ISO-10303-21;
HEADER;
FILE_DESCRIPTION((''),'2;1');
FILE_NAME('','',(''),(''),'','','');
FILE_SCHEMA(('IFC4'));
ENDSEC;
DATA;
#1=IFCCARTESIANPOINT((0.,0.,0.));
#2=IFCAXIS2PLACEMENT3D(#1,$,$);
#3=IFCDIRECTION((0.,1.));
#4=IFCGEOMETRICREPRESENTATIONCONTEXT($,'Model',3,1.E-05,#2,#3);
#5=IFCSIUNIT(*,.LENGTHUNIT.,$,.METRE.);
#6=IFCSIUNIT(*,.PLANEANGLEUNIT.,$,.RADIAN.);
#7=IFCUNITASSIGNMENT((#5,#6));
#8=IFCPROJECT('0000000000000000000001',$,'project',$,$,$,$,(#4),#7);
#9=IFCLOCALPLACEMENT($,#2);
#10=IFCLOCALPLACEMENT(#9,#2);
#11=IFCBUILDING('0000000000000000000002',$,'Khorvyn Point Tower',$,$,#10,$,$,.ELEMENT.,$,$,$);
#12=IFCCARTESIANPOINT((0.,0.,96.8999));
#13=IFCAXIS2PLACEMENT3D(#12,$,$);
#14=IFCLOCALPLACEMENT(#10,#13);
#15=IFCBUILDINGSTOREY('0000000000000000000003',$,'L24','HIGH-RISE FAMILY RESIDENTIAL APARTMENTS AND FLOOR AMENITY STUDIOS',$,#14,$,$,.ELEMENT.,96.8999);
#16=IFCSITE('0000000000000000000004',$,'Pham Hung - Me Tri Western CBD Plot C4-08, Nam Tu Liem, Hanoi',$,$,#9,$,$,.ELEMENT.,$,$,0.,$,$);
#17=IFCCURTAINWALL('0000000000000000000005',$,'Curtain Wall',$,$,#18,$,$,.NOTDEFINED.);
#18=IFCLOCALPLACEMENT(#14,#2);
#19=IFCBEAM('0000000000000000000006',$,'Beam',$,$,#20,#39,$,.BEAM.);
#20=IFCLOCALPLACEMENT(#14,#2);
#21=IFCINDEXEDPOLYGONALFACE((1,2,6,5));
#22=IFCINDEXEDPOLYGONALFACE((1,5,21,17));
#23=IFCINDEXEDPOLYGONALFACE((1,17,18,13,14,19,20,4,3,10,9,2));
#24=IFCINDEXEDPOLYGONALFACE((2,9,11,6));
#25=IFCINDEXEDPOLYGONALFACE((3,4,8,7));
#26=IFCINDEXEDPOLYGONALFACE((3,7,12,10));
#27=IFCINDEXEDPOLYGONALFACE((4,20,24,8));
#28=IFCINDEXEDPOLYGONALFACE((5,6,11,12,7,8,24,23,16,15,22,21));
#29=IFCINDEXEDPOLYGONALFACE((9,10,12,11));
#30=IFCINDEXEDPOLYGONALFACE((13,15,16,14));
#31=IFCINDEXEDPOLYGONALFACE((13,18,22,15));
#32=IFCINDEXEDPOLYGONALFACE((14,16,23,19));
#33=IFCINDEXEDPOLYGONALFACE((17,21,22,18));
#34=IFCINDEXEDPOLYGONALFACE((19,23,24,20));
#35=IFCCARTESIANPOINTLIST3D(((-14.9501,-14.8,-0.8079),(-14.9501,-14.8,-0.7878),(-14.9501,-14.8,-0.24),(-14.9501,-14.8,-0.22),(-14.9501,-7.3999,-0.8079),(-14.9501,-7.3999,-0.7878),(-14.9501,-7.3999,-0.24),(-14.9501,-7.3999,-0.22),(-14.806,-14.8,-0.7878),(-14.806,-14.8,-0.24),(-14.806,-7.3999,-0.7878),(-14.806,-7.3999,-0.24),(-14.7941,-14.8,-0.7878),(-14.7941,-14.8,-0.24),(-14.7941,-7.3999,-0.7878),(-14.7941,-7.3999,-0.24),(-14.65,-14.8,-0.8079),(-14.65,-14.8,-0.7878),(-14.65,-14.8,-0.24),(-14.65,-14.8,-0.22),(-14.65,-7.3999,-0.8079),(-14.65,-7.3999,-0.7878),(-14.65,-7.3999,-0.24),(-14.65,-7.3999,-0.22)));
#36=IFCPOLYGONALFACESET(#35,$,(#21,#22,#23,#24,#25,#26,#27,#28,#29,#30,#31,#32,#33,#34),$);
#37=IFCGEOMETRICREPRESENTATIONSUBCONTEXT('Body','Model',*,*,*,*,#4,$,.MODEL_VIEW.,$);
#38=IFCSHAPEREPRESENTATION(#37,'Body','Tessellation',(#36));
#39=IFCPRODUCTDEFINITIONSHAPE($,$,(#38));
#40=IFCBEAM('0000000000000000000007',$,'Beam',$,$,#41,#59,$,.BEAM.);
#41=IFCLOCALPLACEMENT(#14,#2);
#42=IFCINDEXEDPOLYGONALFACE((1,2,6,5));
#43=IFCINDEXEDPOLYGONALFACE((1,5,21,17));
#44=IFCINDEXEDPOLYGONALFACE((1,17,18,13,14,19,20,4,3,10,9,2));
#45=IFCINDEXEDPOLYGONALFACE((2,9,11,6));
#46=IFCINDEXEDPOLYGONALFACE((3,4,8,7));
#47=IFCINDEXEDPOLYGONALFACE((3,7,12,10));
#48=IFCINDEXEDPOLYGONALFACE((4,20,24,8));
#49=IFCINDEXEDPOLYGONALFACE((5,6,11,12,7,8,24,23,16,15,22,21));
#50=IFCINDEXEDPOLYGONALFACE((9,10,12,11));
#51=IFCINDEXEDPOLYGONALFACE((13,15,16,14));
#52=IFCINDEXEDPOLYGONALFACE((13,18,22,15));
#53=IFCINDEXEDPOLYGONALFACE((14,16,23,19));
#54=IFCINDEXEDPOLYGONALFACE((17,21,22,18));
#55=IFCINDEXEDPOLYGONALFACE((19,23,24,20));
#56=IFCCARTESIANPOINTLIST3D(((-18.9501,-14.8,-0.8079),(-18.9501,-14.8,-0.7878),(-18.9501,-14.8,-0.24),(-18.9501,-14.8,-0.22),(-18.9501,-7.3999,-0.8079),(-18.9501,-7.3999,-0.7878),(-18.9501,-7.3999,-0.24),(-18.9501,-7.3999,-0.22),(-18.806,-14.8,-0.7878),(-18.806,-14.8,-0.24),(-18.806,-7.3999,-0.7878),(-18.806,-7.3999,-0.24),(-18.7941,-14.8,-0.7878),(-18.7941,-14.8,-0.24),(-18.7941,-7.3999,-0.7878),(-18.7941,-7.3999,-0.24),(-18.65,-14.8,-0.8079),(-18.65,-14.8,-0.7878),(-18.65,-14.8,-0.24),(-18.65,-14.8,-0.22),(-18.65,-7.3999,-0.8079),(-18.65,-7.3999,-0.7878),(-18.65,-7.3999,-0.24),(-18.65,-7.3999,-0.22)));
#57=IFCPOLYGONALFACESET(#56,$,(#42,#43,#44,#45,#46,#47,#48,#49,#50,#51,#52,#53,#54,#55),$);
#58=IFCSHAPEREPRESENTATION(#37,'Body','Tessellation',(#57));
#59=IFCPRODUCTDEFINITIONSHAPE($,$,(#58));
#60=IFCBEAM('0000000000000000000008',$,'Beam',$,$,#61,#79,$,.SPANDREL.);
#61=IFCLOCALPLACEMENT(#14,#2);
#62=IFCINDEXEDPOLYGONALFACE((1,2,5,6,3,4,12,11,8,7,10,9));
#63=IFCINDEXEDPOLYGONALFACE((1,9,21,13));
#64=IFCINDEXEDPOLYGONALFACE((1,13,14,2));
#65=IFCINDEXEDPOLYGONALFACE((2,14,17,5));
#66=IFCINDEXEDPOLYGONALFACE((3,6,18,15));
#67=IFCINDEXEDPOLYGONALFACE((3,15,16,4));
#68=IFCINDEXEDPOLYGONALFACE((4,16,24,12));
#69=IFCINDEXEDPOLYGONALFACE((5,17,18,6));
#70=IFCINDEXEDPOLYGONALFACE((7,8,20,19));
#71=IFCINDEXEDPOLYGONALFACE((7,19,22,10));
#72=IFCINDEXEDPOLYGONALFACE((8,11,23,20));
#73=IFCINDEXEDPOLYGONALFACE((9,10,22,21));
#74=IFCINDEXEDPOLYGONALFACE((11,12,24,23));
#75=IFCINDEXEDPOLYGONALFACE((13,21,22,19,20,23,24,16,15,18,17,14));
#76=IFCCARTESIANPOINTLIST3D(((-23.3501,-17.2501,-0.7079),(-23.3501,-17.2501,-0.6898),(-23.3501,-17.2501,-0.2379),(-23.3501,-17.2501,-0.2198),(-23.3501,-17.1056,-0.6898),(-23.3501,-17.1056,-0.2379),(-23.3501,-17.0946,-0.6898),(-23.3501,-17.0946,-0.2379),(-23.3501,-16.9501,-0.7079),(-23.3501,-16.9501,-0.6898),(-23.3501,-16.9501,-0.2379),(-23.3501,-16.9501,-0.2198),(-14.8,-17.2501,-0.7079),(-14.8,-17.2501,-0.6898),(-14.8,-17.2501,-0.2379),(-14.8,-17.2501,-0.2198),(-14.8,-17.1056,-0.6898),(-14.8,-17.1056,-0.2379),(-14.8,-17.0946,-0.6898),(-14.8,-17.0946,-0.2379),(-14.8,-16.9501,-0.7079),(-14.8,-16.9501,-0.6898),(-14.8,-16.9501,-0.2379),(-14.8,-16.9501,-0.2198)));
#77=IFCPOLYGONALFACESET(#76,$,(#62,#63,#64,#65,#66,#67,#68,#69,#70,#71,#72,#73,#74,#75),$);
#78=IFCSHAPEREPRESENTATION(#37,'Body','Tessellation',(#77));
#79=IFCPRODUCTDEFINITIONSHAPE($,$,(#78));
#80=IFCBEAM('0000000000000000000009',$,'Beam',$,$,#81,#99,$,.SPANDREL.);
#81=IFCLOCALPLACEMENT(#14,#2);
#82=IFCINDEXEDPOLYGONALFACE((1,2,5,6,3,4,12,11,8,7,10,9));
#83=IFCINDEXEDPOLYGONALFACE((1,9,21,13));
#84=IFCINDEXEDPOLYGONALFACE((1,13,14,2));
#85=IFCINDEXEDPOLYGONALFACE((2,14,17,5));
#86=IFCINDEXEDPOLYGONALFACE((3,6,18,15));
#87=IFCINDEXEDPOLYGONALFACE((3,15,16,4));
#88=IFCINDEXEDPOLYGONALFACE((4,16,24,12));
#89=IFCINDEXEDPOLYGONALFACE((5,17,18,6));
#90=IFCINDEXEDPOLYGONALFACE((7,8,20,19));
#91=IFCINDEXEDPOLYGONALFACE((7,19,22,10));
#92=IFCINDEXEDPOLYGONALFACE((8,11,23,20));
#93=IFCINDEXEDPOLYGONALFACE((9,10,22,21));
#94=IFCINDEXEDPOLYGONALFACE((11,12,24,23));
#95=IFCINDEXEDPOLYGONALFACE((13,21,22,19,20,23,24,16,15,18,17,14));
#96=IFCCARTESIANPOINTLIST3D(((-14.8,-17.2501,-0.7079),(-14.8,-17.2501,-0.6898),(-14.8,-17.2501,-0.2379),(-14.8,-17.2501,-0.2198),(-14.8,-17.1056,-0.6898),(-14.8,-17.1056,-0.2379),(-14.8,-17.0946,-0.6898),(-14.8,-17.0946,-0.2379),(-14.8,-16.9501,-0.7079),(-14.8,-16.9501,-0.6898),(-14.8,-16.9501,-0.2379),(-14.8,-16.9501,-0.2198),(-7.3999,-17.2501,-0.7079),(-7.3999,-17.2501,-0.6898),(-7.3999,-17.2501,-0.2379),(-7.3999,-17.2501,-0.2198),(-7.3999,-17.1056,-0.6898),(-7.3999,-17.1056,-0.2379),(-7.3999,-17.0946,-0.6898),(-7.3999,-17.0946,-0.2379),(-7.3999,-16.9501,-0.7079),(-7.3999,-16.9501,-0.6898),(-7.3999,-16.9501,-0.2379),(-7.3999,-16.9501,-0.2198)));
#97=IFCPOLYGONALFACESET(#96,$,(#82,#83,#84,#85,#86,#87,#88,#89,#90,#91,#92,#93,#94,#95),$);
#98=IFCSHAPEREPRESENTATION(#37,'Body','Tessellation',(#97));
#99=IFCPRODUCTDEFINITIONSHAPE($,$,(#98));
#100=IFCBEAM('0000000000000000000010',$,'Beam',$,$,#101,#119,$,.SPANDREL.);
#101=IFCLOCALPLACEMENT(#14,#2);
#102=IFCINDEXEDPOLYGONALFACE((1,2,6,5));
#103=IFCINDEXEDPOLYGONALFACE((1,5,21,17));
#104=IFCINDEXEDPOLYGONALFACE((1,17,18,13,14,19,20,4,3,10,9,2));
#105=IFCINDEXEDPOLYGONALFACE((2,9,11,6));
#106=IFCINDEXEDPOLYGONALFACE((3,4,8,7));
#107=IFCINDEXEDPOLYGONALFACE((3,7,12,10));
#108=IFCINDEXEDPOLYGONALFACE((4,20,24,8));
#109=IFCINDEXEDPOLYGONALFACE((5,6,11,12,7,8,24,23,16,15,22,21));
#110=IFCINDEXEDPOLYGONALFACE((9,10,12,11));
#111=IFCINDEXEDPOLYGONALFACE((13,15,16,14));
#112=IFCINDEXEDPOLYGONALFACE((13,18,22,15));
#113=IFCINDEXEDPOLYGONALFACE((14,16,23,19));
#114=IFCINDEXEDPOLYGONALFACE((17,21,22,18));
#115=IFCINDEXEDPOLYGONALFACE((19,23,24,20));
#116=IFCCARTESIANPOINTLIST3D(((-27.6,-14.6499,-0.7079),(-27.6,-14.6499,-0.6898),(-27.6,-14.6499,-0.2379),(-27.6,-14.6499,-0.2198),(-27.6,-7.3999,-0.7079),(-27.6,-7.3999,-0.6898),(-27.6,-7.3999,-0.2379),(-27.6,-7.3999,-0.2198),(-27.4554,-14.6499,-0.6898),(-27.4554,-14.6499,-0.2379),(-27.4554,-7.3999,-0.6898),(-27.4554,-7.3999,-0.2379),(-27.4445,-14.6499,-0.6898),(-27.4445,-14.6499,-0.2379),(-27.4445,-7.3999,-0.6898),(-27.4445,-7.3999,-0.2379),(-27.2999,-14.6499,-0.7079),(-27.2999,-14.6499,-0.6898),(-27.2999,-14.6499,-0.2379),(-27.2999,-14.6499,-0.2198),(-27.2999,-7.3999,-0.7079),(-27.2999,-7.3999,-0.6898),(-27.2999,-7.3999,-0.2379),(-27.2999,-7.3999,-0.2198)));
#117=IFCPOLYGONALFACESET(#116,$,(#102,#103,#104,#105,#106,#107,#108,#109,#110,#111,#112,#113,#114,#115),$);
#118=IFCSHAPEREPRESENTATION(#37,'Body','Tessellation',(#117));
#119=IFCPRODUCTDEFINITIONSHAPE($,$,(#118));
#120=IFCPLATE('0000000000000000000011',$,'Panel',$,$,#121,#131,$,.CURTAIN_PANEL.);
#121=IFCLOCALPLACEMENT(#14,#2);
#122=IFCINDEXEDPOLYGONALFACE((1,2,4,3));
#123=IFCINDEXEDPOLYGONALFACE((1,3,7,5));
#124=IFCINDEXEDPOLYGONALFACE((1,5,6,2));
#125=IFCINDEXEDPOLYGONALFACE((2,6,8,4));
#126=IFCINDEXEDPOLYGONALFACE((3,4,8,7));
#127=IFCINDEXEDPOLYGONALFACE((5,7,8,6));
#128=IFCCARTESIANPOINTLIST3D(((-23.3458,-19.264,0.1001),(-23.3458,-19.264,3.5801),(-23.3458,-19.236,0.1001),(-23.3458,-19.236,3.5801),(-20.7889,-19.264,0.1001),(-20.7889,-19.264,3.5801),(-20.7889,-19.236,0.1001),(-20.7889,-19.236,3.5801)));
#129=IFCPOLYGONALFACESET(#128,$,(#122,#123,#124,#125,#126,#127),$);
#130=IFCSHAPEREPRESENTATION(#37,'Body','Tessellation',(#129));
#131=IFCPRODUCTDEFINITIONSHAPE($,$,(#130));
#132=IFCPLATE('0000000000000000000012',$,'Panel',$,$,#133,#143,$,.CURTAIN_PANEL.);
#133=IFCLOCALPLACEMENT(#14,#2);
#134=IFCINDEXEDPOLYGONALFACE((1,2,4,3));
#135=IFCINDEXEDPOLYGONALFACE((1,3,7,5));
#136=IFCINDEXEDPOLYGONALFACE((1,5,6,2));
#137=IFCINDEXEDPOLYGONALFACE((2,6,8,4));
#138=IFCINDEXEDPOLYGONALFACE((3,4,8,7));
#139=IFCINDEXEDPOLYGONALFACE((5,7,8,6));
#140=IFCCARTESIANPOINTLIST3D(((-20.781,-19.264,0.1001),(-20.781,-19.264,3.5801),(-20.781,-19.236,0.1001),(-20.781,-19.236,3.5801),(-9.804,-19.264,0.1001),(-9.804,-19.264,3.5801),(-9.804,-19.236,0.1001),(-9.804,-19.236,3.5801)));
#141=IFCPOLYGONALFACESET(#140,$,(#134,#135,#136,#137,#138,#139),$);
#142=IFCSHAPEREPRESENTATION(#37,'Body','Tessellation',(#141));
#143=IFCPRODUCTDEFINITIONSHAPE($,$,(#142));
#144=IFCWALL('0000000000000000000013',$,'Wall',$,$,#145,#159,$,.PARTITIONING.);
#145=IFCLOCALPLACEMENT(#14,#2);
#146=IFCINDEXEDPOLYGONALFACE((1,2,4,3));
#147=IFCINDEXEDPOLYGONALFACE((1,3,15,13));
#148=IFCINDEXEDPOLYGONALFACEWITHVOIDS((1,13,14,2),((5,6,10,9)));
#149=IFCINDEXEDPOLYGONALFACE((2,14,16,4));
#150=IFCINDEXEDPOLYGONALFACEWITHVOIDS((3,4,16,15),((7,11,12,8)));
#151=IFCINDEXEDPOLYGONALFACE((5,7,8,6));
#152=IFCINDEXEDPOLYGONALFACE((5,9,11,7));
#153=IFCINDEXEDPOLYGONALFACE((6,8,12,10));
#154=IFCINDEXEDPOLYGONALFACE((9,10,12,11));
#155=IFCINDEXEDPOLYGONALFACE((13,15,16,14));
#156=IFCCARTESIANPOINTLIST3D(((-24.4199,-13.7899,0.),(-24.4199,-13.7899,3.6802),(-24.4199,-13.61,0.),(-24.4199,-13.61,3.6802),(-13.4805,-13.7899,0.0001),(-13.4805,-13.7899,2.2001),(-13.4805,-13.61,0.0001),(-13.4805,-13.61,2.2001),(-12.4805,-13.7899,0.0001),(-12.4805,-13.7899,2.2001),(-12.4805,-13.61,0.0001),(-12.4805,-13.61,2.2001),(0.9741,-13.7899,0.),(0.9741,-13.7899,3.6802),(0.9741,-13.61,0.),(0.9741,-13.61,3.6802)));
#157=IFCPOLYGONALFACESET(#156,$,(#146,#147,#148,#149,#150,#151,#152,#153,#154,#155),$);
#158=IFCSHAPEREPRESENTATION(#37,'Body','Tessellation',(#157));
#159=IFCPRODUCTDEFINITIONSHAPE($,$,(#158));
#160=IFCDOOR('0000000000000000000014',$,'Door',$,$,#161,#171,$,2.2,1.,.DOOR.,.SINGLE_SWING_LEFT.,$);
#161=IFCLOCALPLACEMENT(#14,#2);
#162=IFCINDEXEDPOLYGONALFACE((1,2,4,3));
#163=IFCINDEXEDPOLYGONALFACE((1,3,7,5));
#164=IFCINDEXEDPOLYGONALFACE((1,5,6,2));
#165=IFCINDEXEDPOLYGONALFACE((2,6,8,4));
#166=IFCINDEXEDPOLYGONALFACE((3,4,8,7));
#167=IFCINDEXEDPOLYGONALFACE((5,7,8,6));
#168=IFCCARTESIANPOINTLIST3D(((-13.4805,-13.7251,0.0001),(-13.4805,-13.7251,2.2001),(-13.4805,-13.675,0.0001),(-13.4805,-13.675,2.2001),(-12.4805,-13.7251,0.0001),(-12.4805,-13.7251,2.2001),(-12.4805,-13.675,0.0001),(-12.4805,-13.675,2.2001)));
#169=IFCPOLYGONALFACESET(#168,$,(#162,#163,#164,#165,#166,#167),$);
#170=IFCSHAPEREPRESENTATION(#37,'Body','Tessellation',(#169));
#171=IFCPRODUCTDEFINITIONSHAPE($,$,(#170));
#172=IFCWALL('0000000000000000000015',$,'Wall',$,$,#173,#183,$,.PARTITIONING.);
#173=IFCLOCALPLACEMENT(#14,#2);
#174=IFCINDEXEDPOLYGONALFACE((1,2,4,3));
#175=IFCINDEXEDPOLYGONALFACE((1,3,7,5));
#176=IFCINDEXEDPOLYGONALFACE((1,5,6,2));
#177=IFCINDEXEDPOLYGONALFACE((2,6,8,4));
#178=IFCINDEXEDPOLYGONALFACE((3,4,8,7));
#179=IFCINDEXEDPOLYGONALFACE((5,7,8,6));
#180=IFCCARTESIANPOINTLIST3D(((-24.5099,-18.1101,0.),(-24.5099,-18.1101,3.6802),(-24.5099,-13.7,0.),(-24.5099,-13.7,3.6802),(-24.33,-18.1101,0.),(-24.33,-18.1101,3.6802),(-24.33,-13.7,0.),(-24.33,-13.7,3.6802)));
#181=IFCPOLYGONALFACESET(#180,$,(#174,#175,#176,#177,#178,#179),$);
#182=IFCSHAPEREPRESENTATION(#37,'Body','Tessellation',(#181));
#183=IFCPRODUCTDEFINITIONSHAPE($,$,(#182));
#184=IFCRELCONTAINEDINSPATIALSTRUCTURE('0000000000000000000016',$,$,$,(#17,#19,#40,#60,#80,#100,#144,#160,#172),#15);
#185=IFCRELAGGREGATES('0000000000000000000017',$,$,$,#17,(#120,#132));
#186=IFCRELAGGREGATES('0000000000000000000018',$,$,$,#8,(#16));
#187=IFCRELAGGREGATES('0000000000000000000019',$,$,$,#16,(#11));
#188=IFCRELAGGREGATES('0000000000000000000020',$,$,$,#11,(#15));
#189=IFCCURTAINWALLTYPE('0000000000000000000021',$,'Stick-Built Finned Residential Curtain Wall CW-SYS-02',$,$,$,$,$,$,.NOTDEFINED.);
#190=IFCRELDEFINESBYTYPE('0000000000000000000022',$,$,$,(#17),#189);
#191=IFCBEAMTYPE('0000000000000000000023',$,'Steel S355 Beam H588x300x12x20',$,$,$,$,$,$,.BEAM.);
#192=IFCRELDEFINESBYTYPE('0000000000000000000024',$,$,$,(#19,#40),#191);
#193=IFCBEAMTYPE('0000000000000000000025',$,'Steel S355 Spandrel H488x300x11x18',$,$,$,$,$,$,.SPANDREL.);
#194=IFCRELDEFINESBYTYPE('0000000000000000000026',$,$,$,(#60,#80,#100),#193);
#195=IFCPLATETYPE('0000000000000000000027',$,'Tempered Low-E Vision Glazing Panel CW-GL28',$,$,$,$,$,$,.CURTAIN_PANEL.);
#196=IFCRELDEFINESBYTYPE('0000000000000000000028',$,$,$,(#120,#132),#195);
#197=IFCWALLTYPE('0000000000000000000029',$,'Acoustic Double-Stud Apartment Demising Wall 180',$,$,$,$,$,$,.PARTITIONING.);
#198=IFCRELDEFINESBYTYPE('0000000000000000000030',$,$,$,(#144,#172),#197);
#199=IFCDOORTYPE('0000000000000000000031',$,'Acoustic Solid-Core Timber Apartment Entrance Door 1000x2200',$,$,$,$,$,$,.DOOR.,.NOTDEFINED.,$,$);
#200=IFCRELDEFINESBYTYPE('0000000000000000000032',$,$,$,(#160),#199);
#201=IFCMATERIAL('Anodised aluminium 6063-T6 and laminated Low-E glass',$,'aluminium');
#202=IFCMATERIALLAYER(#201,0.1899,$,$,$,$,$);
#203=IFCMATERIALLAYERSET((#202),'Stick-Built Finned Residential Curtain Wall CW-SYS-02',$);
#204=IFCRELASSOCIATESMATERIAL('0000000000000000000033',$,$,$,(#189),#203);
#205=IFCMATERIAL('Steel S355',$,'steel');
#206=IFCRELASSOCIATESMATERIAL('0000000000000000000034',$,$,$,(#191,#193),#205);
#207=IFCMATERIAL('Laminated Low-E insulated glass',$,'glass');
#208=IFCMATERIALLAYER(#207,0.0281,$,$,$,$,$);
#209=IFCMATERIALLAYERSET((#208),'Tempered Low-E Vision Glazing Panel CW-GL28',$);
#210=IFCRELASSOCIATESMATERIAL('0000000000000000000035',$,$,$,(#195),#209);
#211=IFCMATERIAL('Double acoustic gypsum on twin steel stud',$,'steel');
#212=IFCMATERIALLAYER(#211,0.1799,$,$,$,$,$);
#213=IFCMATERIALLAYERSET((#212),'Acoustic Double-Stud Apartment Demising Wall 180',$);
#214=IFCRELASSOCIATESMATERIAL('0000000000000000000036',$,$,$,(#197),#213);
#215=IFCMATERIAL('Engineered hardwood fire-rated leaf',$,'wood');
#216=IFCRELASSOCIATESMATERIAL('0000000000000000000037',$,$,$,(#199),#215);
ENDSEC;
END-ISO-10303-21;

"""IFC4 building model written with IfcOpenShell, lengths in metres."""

from ifc_helpers import new_model, si_unit, direction, frame, frame_2d, origin, origin_2d, place, context, subcontext, project, spatial, rectangle, i_section, extrude, material, layer, layer_set, material_profile, profile_set, type_object, element, fill, aggregate, save


model = new_model("IFC4")

# Units and contexts
model_context = context("Model", 3, precision=1e-05, world=origin(), true_north=direction((0.0, 1.0)))
body_context = subcontext(model_context, "Body", "Model", "MODEL_VIEW")
ifc_project = project(units=[si_unit("LENGTHUNIT", "METRE"), si_unit("PLANEANGLEUNIT", "RADIAN")], contexts=[model_context])

# Site, building, storey
site_placement = place(None, origin())
site = spatial("IfcSite", under=ifc_project, at=site_placement, Name="Pham Hung - Me Tri Western CBD Plot C4-08, Nam Tu Liem, Hanoi", CompositionType="ELEMENT", RefElevation=0.0)
building_placement = place(site_placement, origin())
building = spatial("IfcBuilding", under=site, at=building_placement, Name="Khorvyn Point Tower", CompositionType="ELEMENT")
storey_placement = place(building_placement, frame((0.0, 0.0, 96.8999)))
storey = spatial("IfcBuildingStorey", under=building, at=storey_placement, Name="L24", Description="HIGH-RISE FAMILY RESIDENTIAL APARTMENTS AND FLOOR AMENITY STUDIOS", CompositionType="ELEMENT", Elevation=96.8999)

# Curtain wall
ifc_material_1 = material(Name="Anodised aluminium 6063-T6 and laminated Low-E glass", Category="aluminium")
ifc_layer_1 = layer(ifc_material_1, 0.1899)
ifc_layer_set_1 = layer_set([ifc_layer_1], Name="Stick-Built Finned Residential Curtain Wall CW-SYS-02")
curtain_wall_type = type_object("IfcCurtainWallType", Name="Stick-Built Finned Residential Curtain Wall CW-SYS-02", PredefinedType="NOTDEFINED", material=ifc_layer_set_1)
curtain_wall_1_placement = place(storey_placement, origin())
curtain_wall_1 = element("IfcCurtainWall", 1, at=curtain_wall_1_placement, inside=storey, type_object=curtain_wall_type, Name="Curtain Wall", PredefinedType="NOTDEFINED")

# Beams
ifc_material_2 = material(Name="Steel S355", Category="steel")
ifc_material_profile_1 = material_profile(ifc_material_2, i_section(OverallWidth=0.3, OverallDepth=0.5879, WebThickness=0.012, FlangeThickness=0.02, at=origin_2d()))
ifc_profile_set_1 = profile_set([ifc_material_profile_1], Name="Steel S355 H588x300x12x20")
beam_type_1 = type_object("IfcBeamType", Name="Steel S355 Beam H588x300x12x20", PredefinedType="BEAM", material=ifc_profile_set_1)
for number, where, z_axis, x_axis, name in (
    (2, (-14.8, -14.8, -0.5139), (0.0, 1.0, 0.0), (-1.0, 0.0, 0.0), "Beam"),
    (3, (-18.8, -14.8, -0.5139), (0.0, 1.0, 0.0), (-1.0, 0.0, 0.0), "Beam"),
):
    element("IfcBeam", number, at=place(storey_placement, frame(where, z_axis=z_axis, x_axis=x_axis)), inside=storey, type_object=beam_type_1, Name=name, PredefinedType="BEAM", context=body_context, shape_type="SweptSolid", body=[
        extrude(i_section(OverallWidth=0.3, OverallDepth=0.5879, WebThickness=0.012, FlangeThickness=0.02, at=origin_2d()), origin(), (0.0, 0.0, 1.0), 7.4001),
    ])
ifc_material_profile_2 = material_profile(ifc_material_2, i_section(OverallWidth=0.3, OverallDepth=0.488, WebThickness=0.011, FlangeThickness=0.0181, at=origin_2d()))
ifc_profile_set_2 = profile_set([ifc_material_profile_2], Name="Steel S355 H488x300x11x18")
beam_type_2 = type_object("IfcBeamType", Name="Steel S355 Spandrel H488x300x11x18", PredefinedType="SPANDREL", material=ifc_profile_set_2)
beam_1_placement = place(storey_placement, frame((-23.3501, -17.1001, -0.4639), z_axis=(1.0, 0.0, 0.0), x_axis=(0.0, 1.0, 0.0)))
element("IfcBeam", 4, at=beam_1_placement, inside=storey, type_object=beam_type_2, Name="Beam", PredefinedType="SPANDREL", context=body_context, shape_type="SweptSolid", body=[
    extrude(i_section(OverallWidth=0.3, OverallDepth=0.488, WebThickness=0.011, FlangeThickness=0.0181, at=origin_2d()), origin(), (0.0, 0.0, 1.0), 8.55),
])
beam_2_placement = place(storey_placement, frame((-14.8, -17.1001, -0.4639), z_axis=(1.0, 0.0, 0.0), x_axis=(0.0, 1.0, 0.0)))
element("IfcBeam", 5, at=beam_2_placement, inside=storey, type_object=beam_type_2, Name="Beam", PredefinedType="SPANDREL", context=body_context, shape_type="SweptSolid", body=[
    extrude(i_section(OverallWidth=0.3, OverallDepth=0.488, WebThickness=0.011, FlangeThickness=0.0181, at=origin_2d()), origin(), (0.0, 0.0, 1.0), 7.4001),
])
beam_3_placement = place(storey_placement, frame((-27.45, -14.6499, -0.4639), z_axis=(0.0, 1.0, 0.0), x_axis=(-1.0, 0.0, 0.0)))
element("IfcBeam", 6, at=beam_3_placement, inside=storey, type_object=beam_type_2, Name="Beam", PredefinedType="SPANDREL", context=body_context, shape_type="SweptSolid", body=[
    extrude(i_section(OverallWidth=0.3, OverallDepth=0.488, WebThickness=0.011, FlangeThickness=0.0181, at=origin_2d()), origin(), (0.0, 0.0, 1.0), 7.25),
])

# Plates
ifc_material_3 = material(Name="Laminated Low-E insulated glass", Category="glass")
ifc_layer_2 = layer(ifc_material_3, 0.0281)
ifc_layer_set_2 = layer_set([ifc_layer_2], Name="Tempered Low-E Vision Glazing Panel CW-GL28")
plate_type = type_object("IfcPlateType", Name="Tempered Low-E Vision Glazing Panel CW-GL28", PredefinedType="CURTAIN_PANEL", material=ifc_layer_set_2)
plate_1_placement = place(storey_placement, frame((-22.0674, -19.25, 0.1001), z_axis=(0.0, 0.0, 1.0), x_axis=(-1.0, 0.0, 0.0)))
plate_1 = element("IfcPlate", 7, at=plate_1_placement, type_object=plate_type, Name="Panel", PredefinedType="CURTAIN_PANEL", context=body_context, shape_type="SweptSolid", body=[
    extrude(rectangle(XDim=2.5569, YDim=0.0281, at=origin_2d()), origin(), (0.0, 0.0, 1.0), 3.48),
])
plate_2_placement = place(storey_placement, frame((-15.2925, -19.25, 0.1001), z_axis=(0.0, 0.0, 1.0), x_axis=(-1.0, 0.0, 0.0)))
plate_2 = element("IfcPlate", 8, at=plate_2_placement, type_object=plate_type, Name="Panel", PredefinedType="CURTAIN_PANEL", context=body_context, shape_type="SweptSolid", body=[
    extrude(rectangle(XDim=10.9771, YDim=0.0281, at=origin_2d()), origin(), (0.0, 0.0, 1.0), 3.48),
])
aggregate(curtain_wall_1, [plate_1, plate_2])

# Wall, opening, door
ifc_material_4 = material(Name="Double acoustic gypsum on twin steel stud", Category="steel")
ifc_layer_3 = layer(ifc_material_4, 0.1799)
ifc_layer_set_3 = layer_set([ifc_layer_3], Name="Acoustic Double-Stud Apartment Demising Wall 180")
wall_type_1 = type_object("IfcWallType", Name="Acoustic Double-Stud Apartment Demising Wall 180", PredefinedType="PARTITIONING", material=ifc_layer_set_3)
wall_1_placement = place(storey_placement, frame((-24.4199, -13.7, 0.0), z_axis=(0.0, 0.0, 1.0), x_axis=(1.0, 0.0, 0.0)))
wall_1 = element("IfcWall", 9, at=wall_1_placement, inside=storey, type_object=wall_type_1, Name="Wall", PredefinedType="PARTITIONING", context=body_context, shape_type="SweptSolid", body=[
    extrude(rectangle(XDim=25.394, YDim=0.1799, at=frame_2d((12.697, 0.0))), origin(), (0.0, 0.0, 1.0), 3.6802),
])
opening_1_placement = place(wall_1_placement, frame((10.9395, 0.0, 0.0)))
opening_1 = element("IfcOpeningElement", 10, at=opening_1_placement, cuts=wall_1, PredefinedType="OPENING", context=body_context, shape_type="SweptSolid", body=[
    extrude(rectangle(XDim=1.0, YDim=2.2, at=frame_2d((0.5, 1.1001))), frame((0.0, 0.0999, 0.0), z_axis=(0.0, -1.0, 0.0), x_axis=(1.0, 0.0, 0.0)), (0.0, 0.0, 1.0), 0.2),
])
ifc_material_5 = material(Name="Engineered hardwood fire-rated leaf", Category="wood")
door_type_1 = type_object("IfcDoorType", Name="Acoustic Solid-Core Timber Apartment Entrance Door 1000x2200", OperationType="NOTDEFINED", PredefinedType="DOOR", material=ifc_material_5)
door_1_placement = place(opening_1_placement, origin())
door_1 = element("IfcDoor", 11, at=door_1_placement, inside=storey, type_object=door_type_1, Name="Door", OperationType="SINGLE_SWING_LEFT", OverallHeight=2.2, OverallWidth=1.0, PredefinedType="DOOR", context=body_context, shape_type="SweptSolid", body=[
    extrude(rectangle(XDim=1.0, YDim=2.2, at=frame_2d((0.5, 1.1001))), frame((0.0, 0.0249, 0.0), z_axis=(0.0, -1.0, 0.0), x_axis=(1.0, 0.0, 0.0)), (0.0, 0.0, 1.0), 0.05),
])
fill(opening_1, door_1)

# Wall
wall_2_placement = place(storey_placement, frame((-24.4199, -18.1101, 0.0), z_axis=(0.0, 0.0, 1.0), x_axis=(0.0, 1.0, 0.0)))
element("IfcWall", 12, at=wall_2_placement, inside=storey, type_object=wall_type_1, Name="Wall", PredefinedType="PARTITIONING", context=body_context, shape_type="SweptSolid", body=[
    extrude(rectangle(XDim=4.4102, YDim=0.1799, at=frame_2d((2.2051, 0.0))), origin(), (0.0, 0.0, 1.0), 3.6802),
])

save(model, "model.ifc")
